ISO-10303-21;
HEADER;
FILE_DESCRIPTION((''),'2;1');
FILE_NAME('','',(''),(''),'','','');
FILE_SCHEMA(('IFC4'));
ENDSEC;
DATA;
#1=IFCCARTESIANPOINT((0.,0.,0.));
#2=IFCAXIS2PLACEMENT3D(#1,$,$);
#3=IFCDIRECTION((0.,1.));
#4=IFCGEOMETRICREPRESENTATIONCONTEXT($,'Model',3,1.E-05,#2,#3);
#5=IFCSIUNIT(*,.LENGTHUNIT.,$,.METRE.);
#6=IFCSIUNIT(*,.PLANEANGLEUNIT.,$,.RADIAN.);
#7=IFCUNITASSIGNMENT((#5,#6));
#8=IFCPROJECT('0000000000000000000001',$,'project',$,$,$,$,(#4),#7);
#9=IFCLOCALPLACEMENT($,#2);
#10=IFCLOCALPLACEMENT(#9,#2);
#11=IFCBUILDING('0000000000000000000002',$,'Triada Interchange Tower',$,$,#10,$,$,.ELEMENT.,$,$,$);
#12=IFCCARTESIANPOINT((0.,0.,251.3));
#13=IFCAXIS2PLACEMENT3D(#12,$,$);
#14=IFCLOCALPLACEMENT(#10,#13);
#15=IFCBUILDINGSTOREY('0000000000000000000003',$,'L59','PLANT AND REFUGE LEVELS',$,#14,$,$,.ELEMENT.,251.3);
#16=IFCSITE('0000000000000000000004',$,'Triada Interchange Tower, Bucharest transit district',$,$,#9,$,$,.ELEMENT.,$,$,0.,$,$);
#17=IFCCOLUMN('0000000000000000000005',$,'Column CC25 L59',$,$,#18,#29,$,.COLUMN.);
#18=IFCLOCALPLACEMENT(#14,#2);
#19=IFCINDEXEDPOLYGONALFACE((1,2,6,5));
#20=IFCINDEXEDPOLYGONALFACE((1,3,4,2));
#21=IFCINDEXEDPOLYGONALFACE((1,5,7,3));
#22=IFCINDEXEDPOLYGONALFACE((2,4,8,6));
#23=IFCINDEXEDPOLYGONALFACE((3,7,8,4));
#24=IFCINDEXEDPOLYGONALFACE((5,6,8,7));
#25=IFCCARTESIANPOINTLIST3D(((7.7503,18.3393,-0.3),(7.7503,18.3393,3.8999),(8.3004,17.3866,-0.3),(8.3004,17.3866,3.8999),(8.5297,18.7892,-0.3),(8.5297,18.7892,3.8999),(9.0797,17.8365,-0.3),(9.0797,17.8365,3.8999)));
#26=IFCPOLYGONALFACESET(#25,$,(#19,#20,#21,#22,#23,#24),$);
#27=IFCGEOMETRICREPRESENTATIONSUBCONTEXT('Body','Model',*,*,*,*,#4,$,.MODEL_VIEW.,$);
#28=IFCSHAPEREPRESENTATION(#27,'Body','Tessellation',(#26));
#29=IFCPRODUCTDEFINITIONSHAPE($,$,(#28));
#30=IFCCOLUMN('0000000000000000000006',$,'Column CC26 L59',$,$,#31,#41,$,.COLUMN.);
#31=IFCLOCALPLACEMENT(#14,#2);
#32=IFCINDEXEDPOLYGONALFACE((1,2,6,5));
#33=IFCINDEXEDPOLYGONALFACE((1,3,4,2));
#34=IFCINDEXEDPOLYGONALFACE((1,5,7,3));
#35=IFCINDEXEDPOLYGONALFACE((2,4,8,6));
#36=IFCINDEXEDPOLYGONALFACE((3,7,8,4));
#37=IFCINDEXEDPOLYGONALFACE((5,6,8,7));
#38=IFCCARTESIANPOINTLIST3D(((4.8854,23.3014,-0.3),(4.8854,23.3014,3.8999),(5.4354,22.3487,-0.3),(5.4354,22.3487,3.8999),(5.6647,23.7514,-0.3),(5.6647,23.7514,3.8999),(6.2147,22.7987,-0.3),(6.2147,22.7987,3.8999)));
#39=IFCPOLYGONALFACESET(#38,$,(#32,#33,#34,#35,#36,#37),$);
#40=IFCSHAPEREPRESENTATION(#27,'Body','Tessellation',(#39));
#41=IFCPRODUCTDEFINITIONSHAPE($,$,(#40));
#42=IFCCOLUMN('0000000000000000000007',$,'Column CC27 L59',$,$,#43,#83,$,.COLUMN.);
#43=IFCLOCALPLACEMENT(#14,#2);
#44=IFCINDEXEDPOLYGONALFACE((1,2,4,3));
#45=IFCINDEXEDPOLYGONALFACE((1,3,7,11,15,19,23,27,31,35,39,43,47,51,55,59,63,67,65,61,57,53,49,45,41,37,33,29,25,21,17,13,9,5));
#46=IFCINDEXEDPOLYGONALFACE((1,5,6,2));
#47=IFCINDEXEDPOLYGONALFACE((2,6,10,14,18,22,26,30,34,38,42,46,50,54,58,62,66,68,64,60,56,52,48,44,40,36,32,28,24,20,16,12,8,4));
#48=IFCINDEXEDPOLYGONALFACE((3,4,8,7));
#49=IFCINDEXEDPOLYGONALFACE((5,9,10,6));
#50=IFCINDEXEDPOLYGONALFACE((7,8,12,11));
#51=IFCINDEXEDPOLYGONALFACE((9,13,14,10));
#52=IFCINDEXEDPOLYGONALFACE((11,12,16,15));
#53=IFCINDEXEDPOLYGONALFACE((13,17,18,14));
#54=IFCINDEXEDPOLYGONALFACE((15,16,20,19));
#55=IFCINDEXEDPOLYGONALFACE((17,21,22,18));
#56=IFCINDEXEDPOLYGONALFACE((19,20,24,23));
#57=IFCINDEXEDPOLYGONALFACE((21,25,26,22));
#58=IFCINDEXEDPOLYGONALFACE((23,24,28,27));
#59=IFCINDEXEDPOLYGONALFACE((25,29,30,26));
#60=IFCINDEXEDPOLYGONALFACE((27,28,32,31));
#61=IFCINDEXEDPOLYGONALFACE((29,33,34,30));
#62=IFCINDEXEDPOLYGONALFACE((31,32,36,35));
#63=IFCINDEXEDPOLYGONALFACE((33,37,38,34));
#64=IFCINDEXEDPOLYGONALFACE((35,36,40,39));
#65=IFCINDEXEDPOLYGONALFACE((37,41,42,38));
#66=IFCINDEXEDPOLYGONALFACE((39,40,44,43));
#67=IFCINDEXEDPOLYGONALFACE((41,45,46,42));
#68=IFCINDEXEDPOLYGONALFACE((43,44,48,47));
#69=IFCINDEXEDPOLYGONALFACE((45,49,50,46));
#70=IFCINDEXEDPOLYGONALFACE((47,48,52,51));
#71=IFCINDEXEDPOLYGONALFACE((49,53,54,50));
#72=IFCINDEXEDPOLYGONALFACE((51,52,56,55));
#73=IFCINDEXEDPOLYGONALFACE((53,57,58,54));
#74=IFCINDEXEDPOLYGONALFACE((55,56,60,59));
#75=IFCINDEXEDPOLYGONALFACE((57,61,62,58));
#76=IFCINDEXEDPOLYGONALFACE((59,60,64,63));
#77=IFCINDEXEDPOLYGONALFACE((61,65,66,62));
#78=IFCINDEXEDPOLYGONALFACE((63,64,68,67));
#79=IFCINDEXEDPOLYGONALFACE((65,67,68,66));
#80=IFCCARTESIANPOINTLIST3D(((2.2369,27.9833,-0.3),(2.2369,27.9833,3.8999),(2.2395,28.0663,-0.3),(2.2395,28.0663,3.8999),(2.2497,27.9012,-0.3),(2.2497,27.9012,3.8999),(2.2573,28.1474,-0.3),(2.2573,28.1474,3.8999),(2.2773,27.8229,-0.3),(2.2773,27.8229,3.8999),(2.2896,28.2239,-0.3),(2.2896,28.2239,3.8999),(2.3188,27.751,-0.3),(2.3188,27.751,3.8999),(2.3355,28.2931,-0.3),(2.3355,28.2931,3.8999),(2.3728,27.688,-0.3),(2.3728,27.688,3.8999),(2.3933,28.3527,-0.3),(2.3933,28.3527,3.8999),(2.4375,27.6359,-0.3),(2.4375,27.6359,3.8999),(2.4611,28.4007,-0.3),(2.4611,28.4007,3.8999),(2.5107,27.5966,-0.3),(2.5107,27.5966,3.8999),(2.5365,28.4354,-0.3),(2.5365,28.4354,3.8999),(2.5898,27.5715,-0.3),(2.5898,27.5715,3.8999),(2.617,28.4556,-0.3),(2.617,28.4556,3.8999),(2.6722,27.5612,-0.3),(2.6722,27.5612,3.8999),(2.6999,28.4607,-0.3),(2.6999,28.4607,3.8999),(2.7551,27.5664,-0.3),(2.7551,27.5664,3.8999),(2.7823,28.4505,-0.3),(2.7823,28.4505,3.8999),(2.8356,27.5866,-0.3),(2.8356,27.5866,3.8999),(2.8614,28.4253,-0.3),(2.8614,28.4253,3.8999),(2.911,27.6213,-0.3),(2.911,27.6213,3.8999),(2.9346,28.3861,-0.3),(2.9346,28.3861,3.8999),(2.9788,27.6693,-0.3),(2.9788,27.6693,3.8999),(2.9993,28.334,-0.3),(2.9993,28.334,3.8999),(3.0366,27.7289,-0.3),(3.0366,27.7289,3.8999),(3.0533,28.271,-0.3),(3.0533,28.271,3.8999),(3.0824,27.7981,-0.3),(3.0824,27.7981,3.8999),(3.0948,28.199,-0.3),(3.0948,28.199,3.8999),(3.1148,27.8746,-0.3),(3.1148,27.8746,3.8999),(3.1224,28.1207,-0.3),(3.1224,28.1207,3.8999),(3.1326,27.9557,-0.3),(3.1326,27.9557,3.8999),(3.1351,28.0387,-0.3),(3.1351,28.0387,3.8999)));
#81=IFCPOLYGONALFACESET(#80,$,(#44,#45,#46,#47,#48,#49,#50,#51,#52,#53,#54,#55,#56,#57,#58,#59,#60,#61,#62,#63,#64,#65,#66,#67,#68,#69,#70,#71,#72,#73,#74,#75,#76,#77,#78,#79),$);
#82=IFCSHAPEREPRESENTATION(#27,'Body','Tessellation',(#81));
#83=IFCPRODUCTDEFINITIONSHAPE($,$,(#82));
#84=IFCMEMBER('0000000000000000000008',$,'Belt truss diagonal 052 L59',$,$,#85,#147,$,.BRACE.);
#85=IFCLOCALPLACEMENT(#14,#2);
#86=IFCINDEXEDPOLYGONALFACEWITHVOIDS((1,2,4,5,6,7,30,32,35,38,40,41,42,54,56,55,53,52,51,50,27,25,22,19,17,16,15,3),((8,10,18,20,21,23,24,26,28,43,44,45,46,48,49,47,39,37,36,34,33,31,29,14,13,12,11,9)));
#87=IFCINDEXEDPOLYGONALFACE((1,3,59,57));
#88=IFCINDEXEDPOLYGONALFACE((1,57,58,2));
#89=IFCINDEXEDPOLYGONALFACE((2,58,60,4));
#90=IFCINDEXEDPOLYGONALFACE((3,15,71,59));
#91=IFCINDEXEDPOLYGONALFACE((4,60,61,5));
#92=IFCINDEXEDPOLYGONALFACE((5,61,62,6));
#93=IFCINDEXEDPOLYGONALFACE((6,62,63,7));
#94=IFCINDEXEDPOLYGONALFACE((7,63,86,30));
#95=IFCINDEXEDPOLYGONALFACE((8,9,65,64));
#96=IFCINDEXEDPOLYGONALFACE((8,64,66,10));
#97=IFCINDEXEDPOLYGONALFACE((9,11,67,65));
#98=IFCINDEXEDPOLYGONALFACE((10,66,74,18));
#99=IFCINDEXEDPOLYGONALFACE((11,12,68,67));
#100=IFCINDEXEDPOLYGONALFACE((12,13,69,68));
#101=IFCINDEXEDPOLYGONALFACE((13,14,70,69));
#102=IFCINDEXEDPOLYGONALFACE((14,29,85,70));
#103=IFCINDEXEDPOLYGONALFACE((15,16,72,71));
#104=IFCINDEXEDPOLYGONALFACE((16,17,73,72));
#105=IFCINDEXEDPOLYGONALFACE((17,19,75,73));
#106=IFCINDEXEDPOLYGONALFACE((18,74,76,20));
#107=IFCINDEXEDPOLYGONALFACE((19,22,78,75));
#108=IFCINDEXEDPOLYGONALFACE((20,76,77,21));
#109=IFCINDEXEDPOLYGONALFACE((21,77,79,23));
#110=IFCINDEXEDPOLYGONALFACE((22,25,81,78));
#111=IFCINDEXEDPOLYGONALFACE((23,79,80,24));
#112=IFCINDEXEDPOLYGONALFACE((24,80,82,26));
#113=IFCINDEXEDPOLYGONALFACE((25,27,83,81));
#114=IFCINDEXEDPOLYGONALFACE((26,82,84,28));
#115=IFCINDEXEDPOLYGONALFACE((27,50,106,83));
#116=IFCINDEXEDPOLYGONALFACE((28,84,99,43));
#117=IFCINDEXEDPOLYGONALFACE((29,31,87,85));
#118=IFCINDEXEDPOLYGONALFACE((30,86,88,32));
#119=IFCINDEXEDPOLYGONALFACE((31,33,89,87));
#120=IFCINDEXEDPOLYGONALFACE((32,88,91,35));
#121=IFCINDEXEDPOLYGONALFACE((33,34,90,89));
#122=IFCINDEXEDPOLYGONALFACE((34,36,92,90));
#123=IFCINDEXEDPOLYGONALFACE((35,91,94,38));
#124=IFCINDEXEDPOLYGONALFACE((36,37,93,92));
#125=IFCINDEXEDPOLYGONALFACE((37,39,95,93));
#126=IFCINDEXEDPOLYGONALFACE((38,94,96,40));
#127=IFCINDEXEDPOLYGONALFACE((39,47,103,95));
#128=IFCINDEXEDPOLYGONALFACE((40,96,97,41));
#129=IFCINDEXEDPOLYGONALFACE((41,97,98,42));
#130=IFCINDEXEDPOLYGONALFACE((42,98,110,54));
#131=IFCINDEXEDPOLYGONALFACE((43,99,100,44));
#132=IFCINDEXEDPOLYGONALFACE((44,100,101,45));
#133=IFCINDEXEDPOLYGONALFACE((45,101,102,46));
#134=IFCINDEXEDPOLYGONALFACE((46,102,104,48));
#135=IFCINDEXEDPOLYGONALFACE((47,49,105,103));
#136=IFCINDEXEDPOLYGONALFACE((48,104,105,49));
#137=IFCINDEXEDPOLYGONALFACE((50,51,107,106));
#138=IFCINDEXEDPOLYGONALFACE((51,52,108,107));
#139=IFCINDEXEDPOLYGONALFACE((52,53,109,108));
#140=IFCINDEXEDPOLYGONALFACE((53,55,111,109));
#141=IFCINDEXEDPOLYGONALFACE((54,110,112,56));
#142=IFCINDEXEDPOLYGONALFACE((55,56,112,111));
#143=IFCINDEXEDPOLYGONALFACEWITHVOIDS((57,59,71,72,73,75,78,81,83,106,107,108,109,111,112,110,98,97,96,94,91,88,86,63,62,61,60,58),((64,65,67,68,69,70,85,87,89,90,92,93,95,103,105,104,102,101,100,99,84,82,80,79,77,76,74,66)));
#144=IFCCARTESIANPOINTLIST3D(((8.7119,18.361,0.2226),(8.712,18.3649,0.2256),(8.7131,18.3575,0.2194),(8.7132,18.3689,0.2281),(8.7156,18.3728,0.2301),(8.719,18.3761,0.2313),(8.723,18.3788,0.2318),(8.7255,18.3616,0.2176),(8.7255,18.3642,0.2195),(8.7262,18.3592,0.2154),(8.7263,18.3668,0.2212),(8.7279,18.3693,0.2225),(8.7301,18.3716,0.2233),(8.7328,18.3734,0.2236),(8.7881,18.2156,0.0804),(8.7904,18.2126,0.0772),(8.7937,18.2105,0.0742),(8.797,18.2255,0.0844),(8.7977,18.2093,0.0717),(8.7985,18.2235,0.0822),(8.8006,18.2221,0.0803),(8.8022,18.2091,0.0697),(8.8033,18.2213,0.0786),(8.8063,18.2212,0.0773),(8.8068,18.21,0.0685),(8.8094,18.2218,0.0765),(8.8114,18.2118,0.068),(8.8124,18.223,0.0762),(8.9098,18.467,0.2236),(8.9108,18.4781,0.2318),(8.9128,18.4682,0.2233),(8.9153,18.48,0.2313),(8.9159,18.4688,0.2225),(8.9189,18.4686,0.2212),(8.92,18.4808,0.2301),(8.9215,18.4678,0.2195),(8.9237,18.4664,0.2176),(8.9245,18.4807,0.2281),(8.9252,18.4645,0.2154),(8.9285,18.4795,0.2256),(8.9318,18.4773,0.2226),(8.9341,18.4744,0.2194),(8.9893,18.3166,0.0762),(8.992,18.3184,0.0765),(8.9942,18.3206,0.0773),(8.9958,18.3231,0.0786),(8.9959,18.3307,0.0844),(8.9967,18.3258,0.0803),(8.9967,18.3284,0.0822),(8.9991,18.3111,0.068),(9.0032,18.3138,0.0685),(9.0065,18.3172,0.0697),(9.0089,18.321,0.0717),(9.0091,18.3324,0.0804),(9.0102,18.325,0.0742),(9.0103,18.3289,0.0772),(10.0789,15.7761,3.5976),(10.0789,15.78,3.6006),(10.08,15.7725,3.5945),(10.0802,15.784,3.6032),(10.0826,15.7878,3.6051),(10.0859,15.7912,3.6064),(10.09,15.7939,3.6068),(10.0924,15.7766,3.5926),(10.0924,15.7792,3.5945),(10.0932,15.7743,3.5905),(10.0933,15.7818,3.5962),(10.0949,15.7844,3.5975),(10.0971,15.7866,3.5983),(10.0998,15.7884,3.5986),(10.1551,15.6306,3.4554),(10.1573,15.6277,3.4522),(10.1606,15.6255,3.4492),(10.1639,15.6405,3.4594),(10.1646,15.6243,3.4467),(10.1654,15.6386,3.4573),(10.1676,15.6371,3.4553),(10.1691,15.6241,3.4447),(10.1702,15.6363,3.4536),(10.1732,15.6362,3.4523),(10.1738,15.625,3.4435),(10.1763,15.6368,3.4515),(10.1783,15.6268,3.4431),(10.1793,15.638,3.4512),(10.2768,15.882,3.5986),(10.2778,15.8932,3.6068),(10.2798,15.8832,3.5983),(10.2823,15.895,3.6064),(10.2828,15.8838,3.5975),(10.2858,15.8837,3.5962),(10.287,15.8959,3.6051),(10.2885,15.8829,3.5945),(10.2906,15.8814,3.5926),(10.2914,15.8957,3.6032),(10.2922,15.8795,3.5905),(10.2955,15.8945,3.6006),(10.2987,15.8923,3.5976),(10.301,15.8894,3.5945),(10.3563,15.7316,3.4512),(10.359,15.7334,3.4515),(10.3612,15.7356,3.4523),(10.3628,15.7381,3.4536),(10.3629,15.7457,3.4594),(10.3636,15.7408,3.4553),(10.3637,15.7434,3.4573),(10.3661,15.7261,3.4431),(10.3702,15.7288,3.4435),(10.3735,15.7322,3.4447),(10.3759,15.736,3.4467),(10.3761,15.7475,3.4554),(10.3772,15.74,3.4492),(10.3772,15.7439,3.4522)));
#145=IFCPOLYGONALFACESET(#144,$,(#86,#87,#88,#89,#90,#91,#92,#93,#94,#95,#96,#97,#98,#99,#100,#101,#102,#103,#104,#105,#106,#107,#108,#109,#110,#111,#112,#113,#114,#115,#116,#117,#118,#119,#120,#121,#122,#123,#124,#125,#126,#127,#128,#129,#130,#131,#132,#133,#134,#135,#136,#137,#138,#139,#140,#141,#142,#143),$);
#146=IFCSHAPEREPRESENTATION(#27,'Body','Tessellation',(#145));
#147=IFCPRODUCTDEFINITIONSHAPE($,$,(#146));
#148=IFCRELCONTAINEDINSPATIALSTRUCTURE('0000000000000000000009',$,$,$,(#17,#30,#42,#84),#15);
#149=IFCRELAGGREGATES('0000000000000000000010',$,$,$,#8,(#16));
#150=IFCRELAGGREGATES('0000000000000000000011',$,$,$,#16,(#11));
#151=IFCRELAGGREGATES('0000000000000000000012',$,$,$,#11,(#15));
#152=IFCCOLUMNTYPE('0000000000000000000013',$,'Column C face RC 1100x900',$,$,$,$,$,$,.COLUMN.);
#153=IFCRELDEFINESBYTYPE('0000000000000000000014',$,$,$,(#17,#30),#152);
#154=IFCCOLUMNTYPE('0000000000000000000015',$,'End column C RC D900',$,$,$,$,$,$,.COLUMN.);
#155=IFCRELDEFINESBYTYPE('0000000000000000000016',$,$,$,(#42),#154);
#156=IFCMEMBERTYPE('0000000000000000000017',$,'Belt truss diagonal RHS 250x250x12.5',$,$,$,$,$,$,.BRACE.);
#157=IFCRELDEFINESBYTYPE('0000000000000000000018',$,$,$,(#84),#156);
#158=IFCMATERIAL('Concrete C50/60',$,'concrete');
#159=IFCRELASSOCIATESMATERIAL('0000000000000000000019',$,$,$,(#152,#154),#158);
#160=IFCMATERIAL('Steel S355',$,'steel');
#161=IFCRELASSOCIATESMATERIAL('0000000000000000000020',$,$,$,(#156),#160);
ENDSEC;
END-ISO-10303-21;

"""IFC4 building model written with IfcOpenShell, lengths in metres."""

from ifc_helpers import new_model, si_unit, direction, frame, origin, origin_2d, place, context, subcontext, project, spatial, rectangle, hollow_rectangle, circle, extrude, material, material_profile, profile_set, type_object, element, save


model = new_model("IFC4")

# Units and contexts
model_context = context("Model", 3, precision=1e-05, world=origin(), true_north=direction((0.0, 1.0)))
body_context = subcontext(model_context, "Body", "Model", "MODEL_VIEW")
ifc_project = project(units=[si_unit("LENGTHUNIT", "METRE"), si_unit("PLANEANGLEUNIT", "RADIAN")], contexts=[model_context])

# Site, building, storey
site_placement = place(None, origin())
site = spatial("IfcSite", under=ifc_project, at=site_placement, Name="Triada Interchange Tower, Bucharest transit district", CompositionType="ELEMENT", RefElevation=0.0)
building_placement = place(site_placement, origin())
building = spatial("IfcBuilding", under=site, at=building_placement, Name="Triada Interchange Tower", CompositionType="ELEMENT")
storey_placement = place(building_placement, frame((0.0, 0.0, 251.3)))
storey = spatial("IfcBuildingStorey", under=building, at=storey_placement, Name="L59", Description="PLANT AND REFUGE LEVELS", CompositionType="ELEMENT", Elevation=251.3)

# Columns
ifc_material_1 = material(Name="Concrete C50/60", Category="concrete")
ifc_material_profile_1 = material_profile(ifc_material_1, rectangle(XDim=1.1001, YDim=0.8999, at=origin_2d()), Name="RC 1100x900")
ifc_profile_set_1 = profile_set([ifc_material_profile_1], Name="Concrete C50/60")
column_type_1 = type_object("IfcColumnType", Name="Column C face RC 1100x900", PredefinedType="COLUMN", material=ifc_profile_set_1)
for number, where, z_axis, x_axis, name in (
    (1, (8.415, 18.0879, -0.3), (0.0, 0.0, 1.0), (-0.5, 0.866025, 0.0), "Column CC25 L59"),
    (2, (5.55, 23.05, -0.3), (0.0, 0.0, 1.0), (-0.5, 0.866025, 0.0), "Column CC26 L59"),
):
    element("IfcColumn", number, at=place(storey_placement, frame(where, z_axis=z_axis, x_axis=x_axis)), inside=storey, type_object=column_type_1, Name=name, PredefinedType="COLUMN", context=body_context, shape_type="SweptSolid", body=[
        extrude(rectangle(XDim=1.1001, YDim=0.8999, at=origin_2d()), origin(), (0.0, 0.0, 1.0), 4.2),
    ])
ifc_material_profile_2 = material_profile(ifc_material_1, circle(Radius=0.45, at=origin_2d()), Name="RC D900")
ifc_profile_set_2 = profile_set([ifc_material_profile_2], Name="Concrete C50/60")
column_type_2 = type_object("IfcColumnType", Name="End column C RC D900", PredefinedType="COLUMN", material=ifc_profile_set_2)
column_placement = place(storey_placement, frame((2.686, 28.011, -0.3), z_axis=(0.0, 0.0, 1.0), x_axis=(-0.5, 0.866025, 0.0)))
element("IfcColumn", 3, at=column_placement, inside=storey, type_object=column_type_2, Name="Column CC27 L59", PredefinedType="COLUMN", context=body_context, shape_type="SweptSolid", body=[
    extrude(circle(Radius=0.45, at=origin_2d()), origin(), (0.0, 0.0, 1.0), 4.2),
])

# Member
ifc_material_2 = material(Name="Steel S355", Category="steel")
ifc_material_profile_3 = material_profile(ifc_material_2, hollow_rectangle(XDim=0.25, YDim=0.25, WallThickness=0.0125, InnerFilletRadius=0.0125, OuterFilletRadius=0.0188, at=origin_2d()), Name="RHS 250x250x12.5")
ifc_profile_set_3 = profile_set([ifc_material_profile_3], Name="Steel S355")
member_type_1 = type_object("IfcMemberType", Name="Belt truss diagonal RHS 250x250x12.5", PredefinedType="BRACE", material=ifc_profile_set_3)
member_1_placement = place(storey_placement, frame((8.8611, 18.345, 0.1499), z_axis=(0.306108, -0.578867, 0.755785), x_axis=(0.884009, 0.46747, 0.0)))
element("IfcMember", 4, at=member_1_placement, inside=storey, type_object=member_type_1, Name="Belt truss diagonal 052 L59", PredefinedType="BRACE", context=body_context, shape_type="SweptSolid", body=[
    extrude(hollow_rectangle(XDim=0.25, YDim=0.25, WallThickness=0.0125, InnerFilletRadius=0.0125, OuterFilletRadius=0.0188, at=origin_2d()), origin(), (0.0, 0.0, 1.0), 4.4656),
])

save(model, "model.ifc")
